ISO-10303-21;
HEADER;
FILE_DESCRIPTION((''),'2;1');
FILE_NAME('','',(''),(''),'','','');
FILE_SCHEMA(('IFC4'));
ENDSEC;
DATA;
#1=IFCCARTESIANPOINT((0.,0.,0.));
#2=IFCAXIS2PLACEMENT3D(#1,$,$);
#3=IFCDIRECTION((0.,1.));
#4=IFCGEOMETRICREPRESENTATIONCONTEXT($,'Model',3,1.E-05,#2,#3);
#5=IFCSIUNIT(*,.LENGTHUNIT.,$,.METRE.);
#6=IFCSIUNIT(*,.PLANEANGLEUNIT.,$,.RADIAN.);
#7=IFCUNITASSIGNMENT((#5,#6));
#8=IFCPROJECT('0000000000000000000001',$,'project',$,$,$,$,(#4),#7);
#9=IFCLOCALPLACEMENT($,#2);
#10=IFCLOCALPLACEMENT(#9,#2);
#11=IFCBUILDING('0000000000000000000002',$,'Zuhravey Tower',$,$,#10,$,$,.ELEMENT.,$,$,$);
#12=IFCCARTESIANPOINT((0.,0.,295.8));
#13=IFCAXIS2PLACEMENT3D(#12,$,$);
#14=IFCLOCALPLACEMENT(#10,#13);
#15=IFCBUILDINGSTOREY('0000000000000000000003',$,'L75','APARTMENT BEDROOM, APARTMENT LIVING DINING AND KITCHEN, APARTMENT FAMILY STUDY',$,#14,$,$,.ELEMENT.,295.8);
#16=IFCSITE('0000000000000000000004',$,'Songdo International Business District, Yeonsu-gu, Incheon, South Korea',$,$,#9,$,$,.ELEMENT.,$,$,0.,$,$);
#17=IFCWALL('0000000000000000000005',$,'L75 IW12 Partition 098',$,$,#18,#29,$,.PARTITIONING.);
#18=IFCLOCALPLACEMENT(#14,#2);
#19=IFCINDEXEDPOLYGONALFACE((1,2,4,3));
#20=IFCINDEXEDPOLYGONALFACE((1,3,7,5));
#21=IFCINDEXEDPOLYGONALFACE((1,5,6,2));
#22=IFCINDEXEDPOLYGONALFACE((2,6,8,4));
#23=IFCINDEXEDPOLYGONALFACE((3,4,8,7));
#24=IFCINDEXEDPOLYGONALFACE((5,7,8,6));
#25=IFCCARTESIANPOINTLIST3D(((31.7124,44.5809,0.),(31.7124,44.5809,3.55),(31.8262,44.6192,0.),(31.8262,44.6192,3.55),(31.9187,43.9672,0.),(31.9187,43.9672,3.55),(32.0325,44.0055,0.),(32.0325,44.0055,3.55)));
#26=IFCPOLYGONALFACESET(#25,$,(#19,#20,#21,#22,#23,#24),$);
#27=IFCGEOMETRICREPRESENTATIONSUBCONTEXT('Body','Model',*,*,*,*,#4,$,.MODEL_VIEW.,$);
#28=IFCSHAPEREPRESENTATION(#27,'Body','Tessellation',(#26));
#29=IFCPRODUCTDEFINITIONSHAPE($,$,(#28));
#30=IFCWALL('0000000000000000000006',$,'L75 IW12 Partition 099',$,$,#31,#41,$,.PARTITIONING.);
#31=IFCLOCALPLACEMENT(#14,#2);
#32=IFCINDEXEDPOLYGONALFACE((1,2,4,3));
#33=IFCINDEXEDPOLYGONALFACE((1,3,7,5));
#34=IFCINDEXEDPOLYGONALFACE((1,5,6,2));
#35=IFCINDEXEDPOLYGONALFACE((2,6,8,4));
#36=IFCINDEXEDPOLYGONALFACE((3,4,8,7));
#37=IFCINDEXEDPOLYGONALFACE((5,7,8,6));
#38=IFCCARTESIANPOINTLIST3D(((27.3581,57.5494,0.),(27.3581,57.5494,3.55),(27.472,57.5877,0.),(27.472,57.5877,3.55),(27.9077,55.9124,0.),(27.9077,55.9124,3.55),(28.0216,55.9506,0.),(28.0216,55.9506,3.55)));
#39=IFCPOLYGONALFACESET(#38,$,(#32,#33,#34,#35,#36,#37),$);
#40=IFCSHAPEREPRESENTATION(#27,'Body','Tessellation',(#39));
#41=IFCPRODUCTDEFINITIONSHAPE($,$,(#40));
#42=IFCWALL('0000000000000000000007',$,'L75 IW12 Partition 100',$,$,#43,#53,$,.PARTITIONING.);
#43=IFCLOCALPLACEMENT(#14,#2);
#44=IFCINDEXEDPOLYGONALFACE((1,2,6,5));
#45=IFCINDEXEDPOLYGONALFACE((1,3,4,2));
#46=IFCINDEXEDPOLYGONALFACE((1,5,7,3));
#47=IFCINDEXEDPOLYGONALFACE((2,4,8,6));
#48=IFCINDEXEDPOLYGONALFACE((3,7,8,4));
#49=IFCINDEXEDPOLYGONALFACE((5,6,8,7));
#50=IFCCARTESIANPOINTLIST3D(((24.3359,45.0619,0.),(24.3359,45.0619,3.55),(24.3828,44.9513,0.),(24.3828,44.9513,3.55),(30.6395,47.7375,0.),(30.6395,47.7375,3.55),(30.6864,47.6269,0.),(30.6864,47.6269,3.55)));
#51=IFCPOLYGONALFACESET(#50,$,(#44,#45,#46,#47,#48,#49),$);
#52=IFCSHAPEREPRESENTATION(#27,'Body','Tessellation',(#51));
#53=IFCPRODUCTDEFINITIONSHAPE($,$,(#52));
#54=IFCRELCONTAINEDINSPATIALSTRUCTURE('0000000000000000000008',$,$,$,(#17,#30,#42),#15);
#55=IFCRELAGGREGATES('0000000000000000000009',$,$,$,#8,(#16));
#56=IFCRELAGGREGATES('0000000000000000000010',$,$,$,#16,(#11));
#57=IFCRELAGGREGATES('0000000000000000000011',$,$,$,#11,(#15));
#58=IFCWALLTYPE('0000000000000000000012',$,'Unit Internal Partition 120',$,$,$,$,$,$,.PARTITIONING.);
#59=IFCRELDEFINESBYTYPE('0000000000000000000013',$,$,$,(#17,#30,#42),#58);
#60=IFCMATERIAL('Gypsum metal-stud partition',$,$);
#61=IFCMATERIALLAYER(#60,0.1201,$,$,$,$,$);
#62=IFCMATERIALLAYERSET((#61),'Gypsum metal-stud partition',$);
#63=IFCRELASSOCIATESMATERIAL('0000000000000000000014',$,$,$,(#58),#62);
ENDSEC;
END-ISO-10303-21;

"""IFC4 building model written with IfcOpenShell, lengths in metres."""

from ifc_helpers import new_model, si_unit, direction, frame, frame_2d, origin, place, context, subcontext, project, spatial, rectangle, extrude, material, layer, layer_set, type_object, element, save


model = new_model("IFC4")

# Units and contexts
model_context = context("Model", 3, precision=1e-05, world=origin(), true_north=direction((0.0, 1.0)))
body_context = subcontext(model_context, "Body", "Model", "MODEL_VIEW")
ifc_project = project(units=[si_unit("LENGTHUNIT", "METRE"), si_unit("PLANEANGLEUNIT", "RADIAN")], contexts=[model_context])

# Site, building, storey
site_placement = place(None, origin())
site = spatial("IfcSite", under=ifc_project, at=site_placement, Name="Songdo International Business District, Yeonsu-gu, Incheon, South Korea", CompositionType="ELEMENT", RefElevation=0.0)
building_placement = place(site_placement, origin())
building = spatial("IfcBuilding", under=site, at=building_placement, Name="Zuhravey Tower", CompositionType="ELEMENT")
storey_placement = place(building_placement, frame((0.0, 0.0, 295.8)))
storey = spatial("IfcBuildingStorey", under=building, at=storey_placement, Name="L75", Description="APARTMENT BEDROOM, APARTMENT LIVING DINING AND KITCHEN, APARTMENT FAMILY STUDY", CompositionType="ELEMENT", Elevation=295.8)

# Shared definitions
ifc_material_1 = material(Name="Gypsum metal-stud partition")
ifc_layer_1 = layer(ifc_material_1, 0.1201)
ifc_layer_set_1 = layer_set([ifc_layer_1], Name="Gypsum metal-stud partition")
wall_type_1 = type_object("IfcWallType", Name="Unit Internal Partition 120", PredefinedType="PARTITIONING", material=ifc_layer_set_1)

# Walls
wall_1_placement = place(storey_placement, frame((31.9756, 43.9863, 0.0), z_axis=(0.0, 0.0, 1.0), x_axis=(-0.318602, 0.947889, 0.0)))
element("IfcWall", 1, at=wall_1_placement, inside=storey, type_object=wall_type_1, Name="L75 IW12 Partition 098", PredefinedType="PARTITIONING", context=body_context, shape_type="SweptSolid", body=[
    extrude(rectangle(XDim=0.6475, YDim=0.1201, at=frame_2d((0.3237, 0.0))), origin(), (0.0, 0.0, 1.0), 3.55),
])
wall_2_placement = place(storey_placement, frame((27.9646, 55.9316, 0.0), z_axis=(0.0, 0.0, 1.0), x_axis=(-0.318263, 0.948002, 0.0)))
element("IfcWall", 2, at=wall_2_placement, inside=storey, type_object=wall_type_1, Name="L75 IW12 Partition 099", PredefinedType="PARTITIONING", context=body_context, shape_type="SweptSolid", body=[
    extrude(rectangle(XDim=1.7268, YDim=0.1201, at=frame_2d((0.8633, 0.0))), origin(), (0.0, 0.0, 1.0), 3.55),
])
wall_3_placement = place(storey_placement, frame((30.6628, 47.6821, 0.0), z_axis=(0.0, 0.0, 1.0), x_axis=(-0.920511, -0.390716, 0.0)))
element("IfcWall", 3, at=wall_3_placement, inside=storey, type_object=wall_type_1, Name="L75 IW12 Partition 100", PredefinedType="PARTITIONING", context=body_context, shape_type="SweptSolid", body=[
    extrude(rectangle(XDim=6.8479, YDim=0.1201, at=frame_2d((3.4238, 0.0))), origin(), (0.0, 0.0, 1.0), 3.55),
])

save(model, "model.ifc")
